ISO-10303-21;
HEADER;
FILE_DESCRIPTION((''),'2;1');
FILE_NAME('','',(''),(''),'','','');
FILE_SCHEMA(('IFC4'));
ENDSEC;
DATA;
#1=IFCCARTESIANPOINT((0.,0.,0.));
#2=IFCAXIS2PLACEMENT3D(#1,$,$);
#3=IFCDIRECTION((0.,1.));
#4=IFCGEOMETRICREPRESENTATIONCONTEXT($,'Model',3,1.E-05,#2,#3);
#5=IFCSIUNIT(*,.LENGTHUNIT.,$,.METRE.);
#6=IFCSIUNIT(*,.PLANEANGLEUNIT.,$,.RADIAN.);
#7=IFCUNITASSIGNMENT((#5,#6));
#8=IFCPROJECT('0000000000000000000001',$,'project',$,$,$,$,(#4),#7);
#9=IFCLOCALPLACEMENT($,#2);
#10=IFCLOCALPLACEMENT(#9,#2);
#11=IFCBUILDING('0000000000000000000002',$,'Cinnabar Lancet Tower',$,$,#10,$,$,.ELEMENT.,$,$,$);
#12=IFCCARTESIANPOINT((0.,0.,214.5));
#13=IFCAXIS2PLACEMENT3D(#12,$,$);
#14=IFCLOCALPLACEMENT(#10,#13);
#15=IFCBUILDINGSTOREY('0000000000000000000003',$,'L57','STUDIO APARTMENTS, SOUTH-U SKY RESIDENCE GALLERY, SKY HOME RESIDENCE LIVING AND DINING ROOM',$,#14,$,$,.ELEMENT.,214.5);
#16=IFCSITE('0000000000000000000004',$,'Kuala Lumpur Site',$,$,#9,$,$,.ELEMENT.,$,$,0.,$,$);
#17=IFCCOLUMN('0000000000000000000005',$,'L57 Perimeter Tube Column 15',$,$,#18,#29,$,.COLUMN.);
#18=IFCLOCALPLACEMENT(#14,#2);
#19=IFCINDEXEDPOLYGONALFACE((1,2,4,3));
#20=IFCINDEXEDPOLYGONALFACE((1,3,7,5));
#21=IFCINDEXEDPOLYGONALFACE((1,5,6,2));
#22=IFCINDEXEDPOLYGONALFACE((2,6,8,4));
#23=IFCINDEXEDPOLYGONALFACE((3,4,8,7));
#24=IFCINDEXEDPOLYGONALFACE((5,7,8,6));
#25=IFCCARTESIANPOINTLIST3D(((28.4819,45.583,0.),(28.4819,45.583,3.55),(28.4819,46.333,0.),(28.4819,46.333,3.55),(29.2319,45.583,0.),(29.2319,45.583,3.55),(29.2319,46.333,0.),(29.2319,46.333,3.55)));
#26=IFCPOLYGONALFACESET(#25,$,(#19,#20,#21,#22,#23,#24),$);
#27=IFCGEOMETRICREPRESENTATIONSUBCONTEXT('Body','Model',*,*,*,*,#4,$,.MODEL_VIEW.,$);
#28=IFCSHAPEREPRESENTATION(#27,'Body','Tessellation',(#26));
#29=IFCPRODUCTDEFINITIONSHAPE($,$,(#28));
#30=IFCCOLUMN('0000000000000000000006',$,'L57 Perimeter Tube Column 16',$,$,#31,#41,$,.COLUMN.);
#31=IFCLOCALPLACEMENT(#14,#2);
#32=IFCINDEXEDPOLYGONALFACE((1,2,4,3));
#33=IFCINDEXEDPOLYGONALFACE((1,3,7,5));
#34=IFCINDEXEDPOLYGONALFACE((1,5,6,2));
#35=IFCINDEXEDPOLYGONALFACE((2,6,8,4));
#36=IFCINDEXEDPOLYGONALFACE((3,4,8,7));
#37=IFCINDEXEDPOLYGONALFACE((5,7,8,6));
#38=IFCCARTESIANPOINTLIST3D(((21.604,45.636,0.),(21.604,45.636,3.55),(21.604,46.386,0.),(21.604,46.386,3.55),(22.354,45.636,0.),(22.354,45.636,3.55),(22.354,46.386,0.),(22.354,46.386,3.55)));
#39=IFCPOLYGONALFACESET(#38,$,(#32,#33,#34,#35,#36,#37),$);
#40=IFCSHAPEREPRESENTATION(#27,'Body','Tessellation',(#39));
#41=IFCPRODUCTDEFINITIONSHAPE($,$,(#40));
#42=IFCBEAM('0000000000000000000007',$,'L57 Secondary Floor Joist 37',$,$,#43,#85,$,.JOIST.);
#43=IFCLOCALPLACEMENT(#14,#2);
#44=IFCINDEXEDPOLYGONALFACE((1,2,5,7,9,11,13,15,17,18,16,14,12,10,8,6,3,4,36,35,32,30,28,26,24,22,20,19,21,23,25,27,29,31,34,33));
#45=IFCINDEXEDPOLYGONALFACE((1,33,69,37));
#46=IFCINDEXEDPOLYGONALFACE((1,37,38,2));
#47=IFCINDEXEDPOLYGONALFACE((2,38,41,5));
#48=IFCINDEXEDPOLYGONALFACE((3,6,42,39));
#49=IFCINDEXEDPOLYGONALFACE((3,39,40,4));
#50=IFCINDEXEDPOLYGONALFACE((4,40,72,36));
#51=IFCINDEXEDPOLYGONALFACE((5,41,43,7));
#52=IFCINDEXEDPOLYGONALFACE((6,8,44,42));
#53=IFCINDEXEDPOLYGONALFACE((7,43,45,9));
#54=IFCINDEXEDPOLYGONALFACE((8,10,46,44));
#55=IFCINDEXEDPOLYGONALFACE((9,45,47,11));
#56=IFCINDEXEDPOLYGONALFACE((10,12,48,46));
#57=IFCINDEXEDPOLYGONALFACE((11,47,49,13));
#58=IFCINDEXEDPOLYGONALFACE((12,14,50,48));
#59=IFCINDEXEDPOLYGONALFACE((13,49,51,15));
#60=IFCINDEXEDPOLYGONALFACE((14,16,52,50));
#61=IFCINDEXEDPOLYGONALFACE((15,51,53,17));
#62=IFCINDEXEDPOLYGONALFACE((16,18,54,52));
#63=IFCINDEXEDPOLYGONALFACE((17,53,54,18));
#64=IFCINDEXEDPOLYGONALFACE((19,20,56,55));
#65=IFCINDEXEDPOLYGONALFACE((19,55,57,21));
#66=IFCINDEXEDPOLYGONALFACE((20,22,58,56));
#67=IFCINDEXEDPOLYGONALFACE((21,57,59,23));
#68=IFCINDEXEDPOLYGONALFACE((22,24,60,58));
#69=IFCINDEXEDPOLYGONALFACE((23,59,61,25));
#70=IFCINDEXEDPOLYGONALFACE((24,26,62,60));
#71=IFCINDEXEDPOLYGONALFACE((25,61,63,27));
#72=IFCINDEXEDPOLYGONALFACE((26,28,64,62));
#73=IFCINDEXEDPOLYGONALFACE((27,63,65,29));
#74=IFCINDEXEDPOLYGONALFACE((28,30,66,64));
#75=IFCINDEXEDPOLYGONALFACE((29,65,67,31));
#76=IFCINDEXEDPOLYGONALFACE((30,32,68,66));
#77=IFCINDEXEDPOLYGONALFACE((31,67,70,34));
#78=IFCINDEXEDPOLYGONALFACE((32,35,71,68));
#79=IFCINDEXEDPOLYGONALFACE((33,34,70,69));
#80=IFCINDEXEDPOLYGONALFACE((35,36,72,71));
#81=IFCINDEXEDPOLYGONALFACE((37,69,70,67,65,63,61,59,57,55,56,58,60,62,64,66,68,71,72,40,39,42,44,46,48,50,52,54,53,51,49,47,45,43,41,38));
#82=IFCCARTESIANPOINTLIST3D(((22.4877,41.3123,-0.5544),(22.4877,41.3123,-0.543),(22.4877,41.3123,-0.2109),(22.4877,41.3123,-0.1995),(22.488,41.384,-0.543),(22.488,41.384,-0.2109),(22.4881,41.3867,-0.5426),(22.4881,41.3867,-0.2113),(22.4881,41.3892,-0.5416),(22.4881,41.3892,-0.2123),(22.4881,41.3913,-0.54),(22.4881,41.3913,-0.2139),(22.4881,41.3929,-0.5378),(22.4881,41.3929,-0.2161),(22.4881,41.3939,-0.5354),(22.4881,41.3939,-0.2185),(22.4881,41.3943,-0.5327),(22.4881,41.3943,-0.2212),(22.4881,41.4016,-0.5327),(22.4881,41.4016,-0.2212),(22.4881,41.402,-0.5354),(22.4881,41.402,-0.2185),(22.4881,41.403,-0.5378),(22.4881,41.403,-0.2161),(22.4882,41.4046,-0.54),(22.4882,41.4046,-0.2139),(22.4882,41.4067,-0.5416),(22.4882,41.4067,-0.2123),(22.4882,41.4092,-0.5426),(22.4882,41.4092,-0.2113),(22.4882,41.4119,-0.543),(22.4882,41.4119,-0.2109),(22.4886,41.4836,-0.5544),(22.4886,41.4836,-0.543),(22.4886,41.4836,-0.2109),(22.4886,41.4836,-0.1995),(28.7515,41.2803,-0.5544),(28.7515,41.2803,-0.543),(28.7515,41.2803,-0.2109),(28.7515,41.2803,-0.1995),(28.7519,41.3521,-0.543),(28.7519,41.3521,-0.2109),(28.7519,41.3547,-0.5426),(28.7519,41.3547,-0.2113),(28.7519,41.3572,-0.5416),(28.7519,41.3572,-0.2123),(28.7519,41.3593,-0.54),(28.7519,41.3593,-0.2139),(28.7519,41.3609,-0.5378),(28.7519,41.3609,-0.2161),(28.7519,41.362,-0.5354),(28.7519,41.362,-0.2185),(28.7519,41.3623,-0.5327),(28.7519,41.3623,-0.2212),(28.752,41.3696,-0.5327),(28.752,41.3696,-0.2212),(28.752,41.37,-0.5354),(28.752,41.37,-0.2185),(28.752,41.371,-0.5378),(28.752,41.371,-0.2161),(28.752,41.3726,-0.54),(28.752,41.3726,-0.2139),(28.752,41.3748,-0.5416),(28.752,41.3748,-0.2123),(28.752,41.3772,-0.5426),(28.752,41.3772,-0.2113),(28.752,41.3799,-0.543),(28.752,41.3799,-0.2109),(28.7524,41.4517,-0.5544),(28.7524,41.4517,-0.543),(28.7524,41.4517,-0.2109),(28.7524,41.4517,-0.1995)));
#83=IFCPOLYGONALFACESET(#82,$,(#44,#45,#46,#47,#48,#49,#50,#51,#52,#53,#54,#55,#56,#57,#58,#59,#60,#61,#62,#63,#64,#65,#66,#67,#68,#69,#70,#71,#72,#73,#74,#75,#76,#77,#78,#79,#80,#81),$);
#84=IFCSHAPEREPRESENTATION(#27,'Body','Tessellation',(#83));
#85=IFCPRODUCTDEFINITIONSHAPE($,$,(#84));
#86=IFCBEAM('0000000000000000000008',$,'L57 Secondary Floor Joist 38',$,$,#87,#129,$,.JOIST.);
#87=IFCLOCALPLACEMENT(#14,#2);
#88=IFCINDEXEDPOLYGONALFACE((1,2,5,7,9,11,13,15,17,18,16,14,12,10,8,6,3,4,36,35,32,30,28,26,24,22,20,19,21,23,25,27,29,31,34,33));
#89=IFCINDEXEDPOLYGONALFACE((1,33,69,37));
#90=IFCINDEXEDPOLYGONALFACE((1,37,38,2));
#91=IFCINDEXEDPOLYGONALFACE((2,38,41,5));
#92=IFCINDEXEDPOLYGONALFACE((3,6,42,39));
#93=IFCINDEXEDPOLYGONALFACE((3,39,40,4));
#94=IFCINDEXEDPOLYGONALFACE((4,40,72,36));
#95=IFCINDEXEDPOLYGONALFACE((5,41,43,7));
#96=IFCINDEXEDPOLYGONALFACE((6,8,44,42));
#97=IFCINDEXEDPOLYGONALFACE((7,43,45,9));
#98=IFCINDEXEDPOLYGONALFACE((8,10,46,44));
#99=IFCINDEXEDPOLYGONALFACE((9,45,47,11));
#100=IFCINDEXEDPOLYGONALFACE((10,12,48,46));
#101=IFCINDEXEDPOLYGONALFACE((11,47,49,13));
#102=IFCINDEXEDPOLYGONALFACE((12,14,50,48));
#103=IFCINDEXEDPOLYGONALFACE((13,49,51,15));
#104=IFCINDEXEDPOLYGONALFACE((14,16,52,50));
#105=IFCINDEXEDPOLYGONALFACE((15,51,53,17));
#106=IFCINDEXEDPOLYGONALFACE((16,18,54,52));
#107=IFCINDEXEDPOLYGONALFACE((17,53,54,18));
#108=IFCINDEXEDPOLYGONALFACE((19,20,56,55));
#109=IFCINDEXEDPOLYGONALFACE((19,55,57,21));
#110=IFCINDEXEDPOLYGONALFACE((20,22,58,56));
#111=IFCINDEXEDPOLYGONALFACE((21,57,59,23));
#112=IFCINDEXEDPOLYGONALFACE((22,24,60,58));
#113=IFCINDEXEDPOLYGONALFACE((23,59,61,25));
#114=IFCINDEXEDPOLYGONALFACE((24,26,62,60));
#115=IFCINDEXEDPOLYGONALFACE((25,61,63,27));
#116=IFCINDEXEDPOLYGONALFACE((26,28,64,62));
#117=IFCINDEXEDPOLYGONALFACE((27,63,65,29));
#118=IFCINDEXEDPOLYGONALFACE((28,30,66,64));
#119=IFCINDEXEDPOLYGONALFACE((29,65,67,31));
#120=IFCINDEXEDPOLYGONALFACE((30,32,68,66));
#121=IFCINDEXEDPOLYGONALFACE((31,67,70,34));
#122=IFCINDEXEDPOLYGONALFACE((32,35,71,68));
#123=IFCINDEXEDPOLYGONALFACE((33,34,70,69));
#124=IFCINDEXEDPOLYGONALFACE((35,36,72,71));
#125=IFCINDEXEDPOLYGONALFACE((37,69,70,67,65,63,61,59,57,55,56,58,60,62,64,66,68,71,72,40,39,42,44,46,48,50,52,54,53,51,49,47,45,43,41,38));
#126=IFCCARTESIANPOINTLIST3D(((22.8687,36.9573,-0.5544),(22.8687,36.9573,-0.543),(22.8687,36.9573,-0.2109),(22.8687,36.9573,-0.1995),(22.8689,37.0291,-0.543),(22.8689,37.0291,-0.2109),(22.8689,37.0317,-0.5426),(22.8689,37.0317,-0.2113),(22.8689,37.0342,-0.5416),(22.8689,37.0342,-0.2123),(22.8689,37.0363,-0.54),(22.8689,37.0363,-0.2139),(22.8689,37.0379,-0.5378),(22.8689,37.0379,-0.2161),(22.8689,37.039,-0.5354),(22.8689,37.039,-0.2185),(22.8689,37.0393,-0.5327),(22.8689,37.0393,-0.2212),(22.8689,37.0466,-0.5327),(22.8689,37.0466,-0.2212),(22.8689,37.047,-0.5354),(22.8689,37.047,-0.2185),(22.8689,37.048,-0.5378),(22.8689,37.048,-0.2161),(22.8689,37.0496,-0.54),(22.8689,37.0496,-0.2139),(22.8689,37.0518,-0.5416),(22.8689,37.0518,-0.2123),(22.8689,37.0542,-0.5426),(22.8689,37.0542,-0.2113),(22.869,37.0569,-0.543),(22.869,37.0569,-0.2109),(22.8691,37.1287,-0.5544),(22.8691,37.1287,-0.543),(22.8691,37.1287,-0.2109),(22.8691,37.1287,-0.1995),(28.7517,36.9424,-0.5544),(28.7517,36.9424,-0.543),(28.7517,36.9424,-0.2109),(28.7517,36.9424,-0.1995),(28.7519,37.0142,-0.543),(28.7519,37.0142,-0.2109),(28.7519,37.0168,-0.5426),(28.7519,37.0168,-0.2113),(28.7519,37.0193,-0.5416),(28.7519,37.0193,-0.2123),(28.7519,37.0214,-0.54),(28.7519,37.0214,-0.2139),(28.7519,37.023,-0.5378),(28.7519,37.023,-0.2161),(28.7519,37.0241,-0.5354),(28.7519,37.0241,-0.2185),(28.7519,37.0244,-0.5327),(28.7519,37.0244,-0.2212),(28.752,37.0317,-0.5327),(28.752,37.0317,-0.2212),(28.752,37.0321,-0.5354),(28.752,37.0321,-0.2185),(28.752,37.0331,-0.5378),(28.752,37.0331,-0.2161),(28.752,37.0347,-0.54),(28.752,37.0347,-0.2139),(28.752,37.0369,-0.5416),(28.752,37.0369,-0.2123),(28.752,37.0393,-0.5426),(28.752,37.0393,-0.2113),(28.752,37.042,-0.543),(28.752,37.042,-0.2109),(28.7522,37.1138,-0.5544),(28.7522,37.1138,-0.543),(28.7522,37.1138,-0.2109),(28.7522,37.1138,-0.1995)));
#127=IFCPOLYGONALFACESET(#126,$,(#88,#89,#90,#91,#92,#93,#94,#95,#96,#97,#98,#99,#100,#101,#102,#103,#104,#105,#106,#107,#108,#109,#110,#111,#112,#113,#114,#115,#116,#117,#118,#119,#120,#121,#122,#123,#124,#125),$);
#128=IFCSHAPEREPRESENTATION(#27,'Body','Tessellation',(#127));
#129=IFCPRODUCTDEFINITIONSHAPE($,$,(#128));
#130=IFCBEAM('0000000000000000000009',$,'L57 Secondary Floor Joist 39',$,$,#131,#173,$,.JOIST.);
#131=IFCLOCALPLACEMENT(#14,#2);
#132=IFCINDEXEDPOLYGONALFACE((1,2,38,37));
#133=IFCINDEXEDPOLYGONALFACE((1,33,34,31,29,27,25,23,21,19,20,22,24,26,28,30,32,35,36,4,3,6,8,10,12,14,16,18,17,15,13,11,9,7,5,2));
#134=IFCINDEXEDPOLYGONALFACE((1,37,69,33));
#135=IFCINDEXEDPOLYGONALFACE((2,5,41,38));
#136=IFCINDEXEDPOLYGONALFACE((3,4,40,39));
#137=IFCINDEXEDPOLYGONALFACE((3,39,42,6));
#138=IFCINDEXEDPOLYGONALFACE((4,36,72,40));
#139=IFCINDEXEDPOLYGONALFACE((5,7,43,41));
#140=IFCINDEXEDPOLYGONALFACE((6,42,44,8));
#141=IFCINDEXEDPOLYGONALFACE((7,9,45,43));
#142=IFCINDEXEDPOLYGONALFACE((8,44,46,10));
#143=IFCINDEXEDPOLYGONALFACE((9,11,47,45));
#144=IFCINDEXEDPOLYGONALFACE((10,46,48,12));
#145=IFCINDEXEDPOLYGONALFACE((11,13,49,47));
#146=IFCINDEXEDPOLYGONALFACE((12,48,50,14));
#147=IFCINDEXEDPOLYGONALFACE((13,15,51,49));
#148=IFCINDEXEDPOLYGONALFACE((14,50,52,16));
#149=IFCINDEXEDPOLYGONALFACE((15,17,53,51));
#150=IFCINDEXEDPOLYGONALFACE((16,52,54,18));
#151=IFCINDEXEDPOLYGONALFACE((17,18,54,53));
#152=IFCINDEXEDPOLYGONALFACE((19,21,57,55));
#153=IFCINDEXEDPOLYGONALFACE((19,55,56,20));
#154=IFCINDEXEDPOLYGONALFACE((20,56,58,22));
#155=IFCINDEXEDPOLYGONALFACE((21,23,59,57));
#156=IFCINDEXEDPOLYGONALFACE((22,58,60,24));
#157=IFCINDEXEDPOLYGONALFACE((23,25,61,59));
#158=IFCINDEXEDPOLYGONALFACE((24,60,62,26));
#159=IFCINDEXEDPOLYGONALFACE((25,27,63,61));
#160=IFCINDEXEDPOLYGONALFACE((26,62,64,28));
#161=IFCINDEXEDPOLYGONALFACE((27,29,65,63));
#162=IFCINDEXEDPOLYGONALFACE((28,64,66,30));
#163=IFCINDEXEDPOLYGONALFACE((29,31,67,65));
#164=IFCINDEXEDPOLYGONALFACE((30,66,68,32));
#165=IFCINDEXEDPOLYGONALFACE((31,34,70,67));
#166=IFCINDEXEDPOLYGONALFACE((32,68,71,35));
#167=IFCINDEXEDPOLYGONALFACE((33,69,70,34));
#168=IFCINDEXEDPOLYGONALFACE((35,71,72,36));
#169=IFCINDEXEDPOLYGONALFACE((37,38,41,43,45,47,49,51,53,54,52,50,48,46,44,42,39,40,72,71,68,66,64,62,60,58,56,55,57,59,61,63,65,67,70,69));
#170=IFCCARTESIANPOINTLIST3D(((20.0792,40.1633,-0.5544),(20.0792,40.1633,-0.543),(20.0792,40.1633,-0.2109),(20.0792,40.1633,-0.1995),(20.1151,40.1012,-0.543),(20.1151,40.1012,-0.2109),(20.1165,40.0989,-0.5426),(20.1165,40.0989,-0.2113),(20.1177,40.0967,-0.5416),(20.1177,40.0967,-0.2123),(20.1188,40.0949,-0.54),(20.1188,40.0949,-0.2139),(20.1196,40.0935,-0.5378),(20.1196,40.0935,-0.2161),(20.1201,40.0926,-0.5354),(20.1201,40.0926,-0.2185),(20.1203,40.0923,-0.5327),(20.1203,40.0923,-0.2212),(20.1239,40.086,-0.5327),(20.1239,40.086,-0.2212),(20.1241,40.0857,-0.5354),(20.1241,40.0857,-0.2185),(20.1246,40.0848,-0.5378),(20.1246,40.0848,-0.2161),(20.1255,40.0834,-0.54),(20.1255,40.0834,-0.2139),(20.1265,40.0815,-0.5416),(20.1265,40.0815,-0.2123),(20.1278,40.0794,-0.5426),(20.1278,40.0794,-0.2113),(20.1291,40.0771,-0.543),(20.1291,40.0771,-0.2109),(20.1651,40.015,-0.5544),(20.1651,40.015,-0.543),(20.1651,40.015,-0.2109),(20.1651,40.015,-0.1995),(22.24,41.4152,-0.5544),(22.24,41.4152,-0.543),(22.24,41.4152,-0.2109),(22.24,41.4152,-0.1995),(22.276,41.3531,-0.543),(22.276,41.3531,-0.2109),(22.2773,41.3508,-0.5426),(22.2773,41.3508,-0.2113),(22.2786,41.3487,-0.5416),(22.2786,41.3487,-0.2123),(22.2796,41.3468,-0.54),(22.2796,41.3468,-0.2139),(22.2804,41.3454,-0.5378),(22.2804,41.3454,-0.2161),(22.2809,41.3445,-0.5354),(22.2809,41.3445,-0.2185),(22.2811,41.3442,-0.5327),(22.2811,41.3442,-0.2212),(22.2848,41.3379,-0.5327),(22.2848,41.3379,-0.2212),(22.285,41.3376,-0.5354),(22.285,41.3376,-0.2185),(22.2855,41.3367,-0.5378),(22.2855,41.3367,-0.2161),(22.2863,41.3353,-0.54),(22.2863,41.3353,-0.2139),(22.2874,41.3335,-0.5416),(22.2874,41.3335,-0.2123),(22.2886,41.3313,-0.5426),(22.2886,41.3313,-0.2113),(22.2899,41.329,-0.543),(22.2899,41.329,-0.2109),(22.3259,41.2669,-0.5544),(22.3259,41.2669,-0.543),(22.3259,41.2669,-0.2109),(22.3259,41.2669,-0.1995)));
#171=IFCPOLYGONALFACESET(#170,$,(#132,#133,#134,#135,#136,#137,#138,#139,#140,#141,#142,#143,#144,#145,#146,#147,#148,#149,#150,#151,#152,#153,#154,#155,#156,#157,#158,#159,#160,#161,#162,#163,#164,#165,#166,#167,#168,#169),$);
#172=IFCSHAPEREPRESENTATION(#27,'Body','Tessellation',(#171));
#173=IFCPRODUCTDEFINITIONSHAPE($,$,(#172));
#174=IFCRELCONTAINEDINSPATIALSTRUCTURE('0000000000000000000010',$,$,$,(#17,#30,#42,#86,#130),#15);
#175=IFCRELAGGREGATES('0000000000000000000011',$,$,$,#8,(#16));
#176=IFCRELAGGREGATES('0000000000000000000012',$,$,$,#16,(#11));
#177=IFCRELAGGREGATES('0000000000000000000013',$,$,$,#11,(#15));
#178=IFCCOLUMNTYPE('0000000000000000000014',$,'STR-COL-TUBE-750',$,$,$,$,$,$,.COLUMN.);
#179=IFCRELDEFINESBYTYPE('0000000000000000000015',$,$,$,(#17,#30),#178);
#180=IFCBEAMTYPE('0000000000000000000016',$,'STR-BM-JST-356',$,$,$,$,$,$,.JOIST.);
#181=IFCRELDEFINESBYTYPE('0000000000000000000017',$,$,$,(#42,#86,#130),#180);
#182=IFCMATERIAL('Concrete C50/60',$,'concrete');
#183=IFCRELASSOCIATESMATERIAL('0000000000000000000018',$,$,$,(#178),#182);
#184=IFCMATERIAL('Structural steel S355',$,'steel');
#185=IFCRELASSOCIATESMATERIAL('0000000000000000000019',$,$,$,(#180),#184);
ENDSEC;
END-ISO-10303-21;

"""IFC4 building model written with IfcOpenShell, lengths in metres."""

from ifc_helpers import new_model, si_unit, direction, frame, origin, origin_2d, place, context, subcontext, project, spatial, rectangle, i_section, extrude, material, material_profile, profile_set, type_object, element, save


model = new_model("IFC4")

# Units and contexts
model_context = context("Model", 3, precision=1e-05, world=origin(), true_north=direction((0.0, 1.0)))
body_context = subcontext(model_context, "Body", "Model", "MODEL_VIEW")
ifc_project = project(units=[si_unit("LENGTHUNIT", "METRE"), si_unit("PLANEANGLEUNIT", "RADIAN")], contexts=[model_context])

# Site, building, storey
site_placement = place(None, origin())
site = spatial("IfcSite", under=ifc_project, at=site_placement, Name="Kuala Lumpur Site", CompositionType="ELEMENT", RefElevation=0.0)
building_placement = place(site_placement, origin())
building = spatial("IfcBuilding", under=site, at=building_placement, Name="Cinnabar Lancet Tower", CompositionType="ELEMENT")
storey_placement = place(building_placement, frame((0.0, 0.0, 214.5)))
storey = spatial("IfcBuildingStorey", under=building, at=storey_placement, Name="L57", Description="STUDIO APARTMENTS, SOUTH-U SKY RESIDENCE GALLERY, SKY HOME RESIDENCE LIVING AND DINING ROOM", CompositionType="ELEMENT", Elevation=214.5)

# Columns
ifc_material_1 = material(Name="Concrete C50/60", Category="concrete")
ifc_material_profile_1 = material_profile(ifc_material_1, rectangle(XDim=0.75, YDim=0.75, at=origin_2d()), Name="RC-COL 750x750")
ifc_profile_set_1 = profile_set([ifc_material_profile_1], Name="Concrete C50/60")
column_type = type_object("IfcColumnType", Name="STR-COL-TUBE-750", PredefinedType="COLUMN", material=ifc_profile_set_1)
for number, where, z_axis, x_axis, name in (
    (1, (28.8569, 45.958, 0.0), (0.0, 0.0, 1.0), (1.0, 0.0, 0.0), "L57 Perimeter Tube Column 15"),
    (2, (21.979, 46.011, 0.0), (0.0, 0.0, 1.0), (1.0, 0.0, 0.0), "L57 Perimeter Tube Column 16"),
):
    element("IfcColumn", number, at=place(storey_placement, frame(where, z_axis=z_axis, x_axis=x_axis)), inside=storey, type_object=column_type, Name=name, PredefinedType="COLUMN", context=body_context, shape_type="SweptSolid", body=[
        extrude(rectangle(XDim=0.75, YDim=0.75, at=origin_2d()), origin(), (0.0, 0.0, 1.0), 3.55),
    ])

# Beams
ifc_material_2 = material(Name="Structural steel S355", Category="steel")
ifc_material_profile_2 = material_profile(ifc_material_2, i_section(OverallWidth=0.1714, OverallDepth=0.355, WebThickness=0.0073, FlangeThickness=0.0115, FilletRadius=0.0103, at=origin_2d()), Name="UKB 356x171x51")
ifc_profile_set_2 = profile_set([ifc_material_profile_2], Name="Structural steel S355")
beam_type_1 = type_object("IfcBeamType", Name="STR-BM-JST-356", PredefinedType="JOIST", material=ifc_profile_set_2)
beam_1_placement = place(storey_placement, frame((28.752, 41.366, -0.377), z_axis=(-0.999987, 0.005106, 0.0), x_axis=(-0.005106, -0.999987, 0.0)))
element("IfcBeam", 3, at=beam_1_placement, inside=storey, type_object=beam_type_1, Name="L57 Secondary Floor Joist 37", PredefinedType="JOIST", context=body_context, shape_type="SweptSolid", body=[
    extrude(i_section(OverallWidth=0.1714, OverallDepth=0.355, WebThickness=0.0073, FlangeThickness=0.0115, FilletRadius=0.0103, at=origin_2d()), origin(), (0.0, 0.0, 1.0), 6.2639),
])
beam_2_placement = place(storey_placement, frame((28.752, 37.0281, -0.377), z_axis=(-0.999997, 0.002531, 0.0), x_axis=(-0.002531, -0.999997, 0.0)))
element("IfcBeam", 4, at=beam_2_placement, inside=storey, type_object=beam_type_1, Name="L57 Secondary Floor Joist 38", PredefinedType="JOIST", context=body_context, shape_type="SweptSolid", body=[
    extrude(i_section(OverallWidth=0.1714, OverallDepth=0.355, WebThickness=0.0073, FlangeThickness=0.0115, FilletRadius=0.0103, at=origin_2d()), origin(), (0.0, 0.0, 1.0), 5.8831),
])
beam_3_placement = place(storey_placement, frame((22.283, 41.3411, -0.377), z_axis=(-0.865268, -0.50131, 0.0), x_axis=(0.50131, -0.865268, 0.0)))
element("IfcBeam", 5, at=beam_3_placement, inside=storey, type_object=beam_type_1, Name="L57 Secondary Floor Joist 39", PredefinedType="JOIST", context=body_context, shape_type="SweptSolid", body=[
    extrude(i_section(OverallWidth=0.1714, OverallDepth=0.355, WebThickness=0.0073, FlangeThickness=0.0115, FilletRadius=0.0103, at=origin_2d()), origin(), (0.0, 0.0, 1.0), 2.4973),
])

save(model, "model.ifc")
